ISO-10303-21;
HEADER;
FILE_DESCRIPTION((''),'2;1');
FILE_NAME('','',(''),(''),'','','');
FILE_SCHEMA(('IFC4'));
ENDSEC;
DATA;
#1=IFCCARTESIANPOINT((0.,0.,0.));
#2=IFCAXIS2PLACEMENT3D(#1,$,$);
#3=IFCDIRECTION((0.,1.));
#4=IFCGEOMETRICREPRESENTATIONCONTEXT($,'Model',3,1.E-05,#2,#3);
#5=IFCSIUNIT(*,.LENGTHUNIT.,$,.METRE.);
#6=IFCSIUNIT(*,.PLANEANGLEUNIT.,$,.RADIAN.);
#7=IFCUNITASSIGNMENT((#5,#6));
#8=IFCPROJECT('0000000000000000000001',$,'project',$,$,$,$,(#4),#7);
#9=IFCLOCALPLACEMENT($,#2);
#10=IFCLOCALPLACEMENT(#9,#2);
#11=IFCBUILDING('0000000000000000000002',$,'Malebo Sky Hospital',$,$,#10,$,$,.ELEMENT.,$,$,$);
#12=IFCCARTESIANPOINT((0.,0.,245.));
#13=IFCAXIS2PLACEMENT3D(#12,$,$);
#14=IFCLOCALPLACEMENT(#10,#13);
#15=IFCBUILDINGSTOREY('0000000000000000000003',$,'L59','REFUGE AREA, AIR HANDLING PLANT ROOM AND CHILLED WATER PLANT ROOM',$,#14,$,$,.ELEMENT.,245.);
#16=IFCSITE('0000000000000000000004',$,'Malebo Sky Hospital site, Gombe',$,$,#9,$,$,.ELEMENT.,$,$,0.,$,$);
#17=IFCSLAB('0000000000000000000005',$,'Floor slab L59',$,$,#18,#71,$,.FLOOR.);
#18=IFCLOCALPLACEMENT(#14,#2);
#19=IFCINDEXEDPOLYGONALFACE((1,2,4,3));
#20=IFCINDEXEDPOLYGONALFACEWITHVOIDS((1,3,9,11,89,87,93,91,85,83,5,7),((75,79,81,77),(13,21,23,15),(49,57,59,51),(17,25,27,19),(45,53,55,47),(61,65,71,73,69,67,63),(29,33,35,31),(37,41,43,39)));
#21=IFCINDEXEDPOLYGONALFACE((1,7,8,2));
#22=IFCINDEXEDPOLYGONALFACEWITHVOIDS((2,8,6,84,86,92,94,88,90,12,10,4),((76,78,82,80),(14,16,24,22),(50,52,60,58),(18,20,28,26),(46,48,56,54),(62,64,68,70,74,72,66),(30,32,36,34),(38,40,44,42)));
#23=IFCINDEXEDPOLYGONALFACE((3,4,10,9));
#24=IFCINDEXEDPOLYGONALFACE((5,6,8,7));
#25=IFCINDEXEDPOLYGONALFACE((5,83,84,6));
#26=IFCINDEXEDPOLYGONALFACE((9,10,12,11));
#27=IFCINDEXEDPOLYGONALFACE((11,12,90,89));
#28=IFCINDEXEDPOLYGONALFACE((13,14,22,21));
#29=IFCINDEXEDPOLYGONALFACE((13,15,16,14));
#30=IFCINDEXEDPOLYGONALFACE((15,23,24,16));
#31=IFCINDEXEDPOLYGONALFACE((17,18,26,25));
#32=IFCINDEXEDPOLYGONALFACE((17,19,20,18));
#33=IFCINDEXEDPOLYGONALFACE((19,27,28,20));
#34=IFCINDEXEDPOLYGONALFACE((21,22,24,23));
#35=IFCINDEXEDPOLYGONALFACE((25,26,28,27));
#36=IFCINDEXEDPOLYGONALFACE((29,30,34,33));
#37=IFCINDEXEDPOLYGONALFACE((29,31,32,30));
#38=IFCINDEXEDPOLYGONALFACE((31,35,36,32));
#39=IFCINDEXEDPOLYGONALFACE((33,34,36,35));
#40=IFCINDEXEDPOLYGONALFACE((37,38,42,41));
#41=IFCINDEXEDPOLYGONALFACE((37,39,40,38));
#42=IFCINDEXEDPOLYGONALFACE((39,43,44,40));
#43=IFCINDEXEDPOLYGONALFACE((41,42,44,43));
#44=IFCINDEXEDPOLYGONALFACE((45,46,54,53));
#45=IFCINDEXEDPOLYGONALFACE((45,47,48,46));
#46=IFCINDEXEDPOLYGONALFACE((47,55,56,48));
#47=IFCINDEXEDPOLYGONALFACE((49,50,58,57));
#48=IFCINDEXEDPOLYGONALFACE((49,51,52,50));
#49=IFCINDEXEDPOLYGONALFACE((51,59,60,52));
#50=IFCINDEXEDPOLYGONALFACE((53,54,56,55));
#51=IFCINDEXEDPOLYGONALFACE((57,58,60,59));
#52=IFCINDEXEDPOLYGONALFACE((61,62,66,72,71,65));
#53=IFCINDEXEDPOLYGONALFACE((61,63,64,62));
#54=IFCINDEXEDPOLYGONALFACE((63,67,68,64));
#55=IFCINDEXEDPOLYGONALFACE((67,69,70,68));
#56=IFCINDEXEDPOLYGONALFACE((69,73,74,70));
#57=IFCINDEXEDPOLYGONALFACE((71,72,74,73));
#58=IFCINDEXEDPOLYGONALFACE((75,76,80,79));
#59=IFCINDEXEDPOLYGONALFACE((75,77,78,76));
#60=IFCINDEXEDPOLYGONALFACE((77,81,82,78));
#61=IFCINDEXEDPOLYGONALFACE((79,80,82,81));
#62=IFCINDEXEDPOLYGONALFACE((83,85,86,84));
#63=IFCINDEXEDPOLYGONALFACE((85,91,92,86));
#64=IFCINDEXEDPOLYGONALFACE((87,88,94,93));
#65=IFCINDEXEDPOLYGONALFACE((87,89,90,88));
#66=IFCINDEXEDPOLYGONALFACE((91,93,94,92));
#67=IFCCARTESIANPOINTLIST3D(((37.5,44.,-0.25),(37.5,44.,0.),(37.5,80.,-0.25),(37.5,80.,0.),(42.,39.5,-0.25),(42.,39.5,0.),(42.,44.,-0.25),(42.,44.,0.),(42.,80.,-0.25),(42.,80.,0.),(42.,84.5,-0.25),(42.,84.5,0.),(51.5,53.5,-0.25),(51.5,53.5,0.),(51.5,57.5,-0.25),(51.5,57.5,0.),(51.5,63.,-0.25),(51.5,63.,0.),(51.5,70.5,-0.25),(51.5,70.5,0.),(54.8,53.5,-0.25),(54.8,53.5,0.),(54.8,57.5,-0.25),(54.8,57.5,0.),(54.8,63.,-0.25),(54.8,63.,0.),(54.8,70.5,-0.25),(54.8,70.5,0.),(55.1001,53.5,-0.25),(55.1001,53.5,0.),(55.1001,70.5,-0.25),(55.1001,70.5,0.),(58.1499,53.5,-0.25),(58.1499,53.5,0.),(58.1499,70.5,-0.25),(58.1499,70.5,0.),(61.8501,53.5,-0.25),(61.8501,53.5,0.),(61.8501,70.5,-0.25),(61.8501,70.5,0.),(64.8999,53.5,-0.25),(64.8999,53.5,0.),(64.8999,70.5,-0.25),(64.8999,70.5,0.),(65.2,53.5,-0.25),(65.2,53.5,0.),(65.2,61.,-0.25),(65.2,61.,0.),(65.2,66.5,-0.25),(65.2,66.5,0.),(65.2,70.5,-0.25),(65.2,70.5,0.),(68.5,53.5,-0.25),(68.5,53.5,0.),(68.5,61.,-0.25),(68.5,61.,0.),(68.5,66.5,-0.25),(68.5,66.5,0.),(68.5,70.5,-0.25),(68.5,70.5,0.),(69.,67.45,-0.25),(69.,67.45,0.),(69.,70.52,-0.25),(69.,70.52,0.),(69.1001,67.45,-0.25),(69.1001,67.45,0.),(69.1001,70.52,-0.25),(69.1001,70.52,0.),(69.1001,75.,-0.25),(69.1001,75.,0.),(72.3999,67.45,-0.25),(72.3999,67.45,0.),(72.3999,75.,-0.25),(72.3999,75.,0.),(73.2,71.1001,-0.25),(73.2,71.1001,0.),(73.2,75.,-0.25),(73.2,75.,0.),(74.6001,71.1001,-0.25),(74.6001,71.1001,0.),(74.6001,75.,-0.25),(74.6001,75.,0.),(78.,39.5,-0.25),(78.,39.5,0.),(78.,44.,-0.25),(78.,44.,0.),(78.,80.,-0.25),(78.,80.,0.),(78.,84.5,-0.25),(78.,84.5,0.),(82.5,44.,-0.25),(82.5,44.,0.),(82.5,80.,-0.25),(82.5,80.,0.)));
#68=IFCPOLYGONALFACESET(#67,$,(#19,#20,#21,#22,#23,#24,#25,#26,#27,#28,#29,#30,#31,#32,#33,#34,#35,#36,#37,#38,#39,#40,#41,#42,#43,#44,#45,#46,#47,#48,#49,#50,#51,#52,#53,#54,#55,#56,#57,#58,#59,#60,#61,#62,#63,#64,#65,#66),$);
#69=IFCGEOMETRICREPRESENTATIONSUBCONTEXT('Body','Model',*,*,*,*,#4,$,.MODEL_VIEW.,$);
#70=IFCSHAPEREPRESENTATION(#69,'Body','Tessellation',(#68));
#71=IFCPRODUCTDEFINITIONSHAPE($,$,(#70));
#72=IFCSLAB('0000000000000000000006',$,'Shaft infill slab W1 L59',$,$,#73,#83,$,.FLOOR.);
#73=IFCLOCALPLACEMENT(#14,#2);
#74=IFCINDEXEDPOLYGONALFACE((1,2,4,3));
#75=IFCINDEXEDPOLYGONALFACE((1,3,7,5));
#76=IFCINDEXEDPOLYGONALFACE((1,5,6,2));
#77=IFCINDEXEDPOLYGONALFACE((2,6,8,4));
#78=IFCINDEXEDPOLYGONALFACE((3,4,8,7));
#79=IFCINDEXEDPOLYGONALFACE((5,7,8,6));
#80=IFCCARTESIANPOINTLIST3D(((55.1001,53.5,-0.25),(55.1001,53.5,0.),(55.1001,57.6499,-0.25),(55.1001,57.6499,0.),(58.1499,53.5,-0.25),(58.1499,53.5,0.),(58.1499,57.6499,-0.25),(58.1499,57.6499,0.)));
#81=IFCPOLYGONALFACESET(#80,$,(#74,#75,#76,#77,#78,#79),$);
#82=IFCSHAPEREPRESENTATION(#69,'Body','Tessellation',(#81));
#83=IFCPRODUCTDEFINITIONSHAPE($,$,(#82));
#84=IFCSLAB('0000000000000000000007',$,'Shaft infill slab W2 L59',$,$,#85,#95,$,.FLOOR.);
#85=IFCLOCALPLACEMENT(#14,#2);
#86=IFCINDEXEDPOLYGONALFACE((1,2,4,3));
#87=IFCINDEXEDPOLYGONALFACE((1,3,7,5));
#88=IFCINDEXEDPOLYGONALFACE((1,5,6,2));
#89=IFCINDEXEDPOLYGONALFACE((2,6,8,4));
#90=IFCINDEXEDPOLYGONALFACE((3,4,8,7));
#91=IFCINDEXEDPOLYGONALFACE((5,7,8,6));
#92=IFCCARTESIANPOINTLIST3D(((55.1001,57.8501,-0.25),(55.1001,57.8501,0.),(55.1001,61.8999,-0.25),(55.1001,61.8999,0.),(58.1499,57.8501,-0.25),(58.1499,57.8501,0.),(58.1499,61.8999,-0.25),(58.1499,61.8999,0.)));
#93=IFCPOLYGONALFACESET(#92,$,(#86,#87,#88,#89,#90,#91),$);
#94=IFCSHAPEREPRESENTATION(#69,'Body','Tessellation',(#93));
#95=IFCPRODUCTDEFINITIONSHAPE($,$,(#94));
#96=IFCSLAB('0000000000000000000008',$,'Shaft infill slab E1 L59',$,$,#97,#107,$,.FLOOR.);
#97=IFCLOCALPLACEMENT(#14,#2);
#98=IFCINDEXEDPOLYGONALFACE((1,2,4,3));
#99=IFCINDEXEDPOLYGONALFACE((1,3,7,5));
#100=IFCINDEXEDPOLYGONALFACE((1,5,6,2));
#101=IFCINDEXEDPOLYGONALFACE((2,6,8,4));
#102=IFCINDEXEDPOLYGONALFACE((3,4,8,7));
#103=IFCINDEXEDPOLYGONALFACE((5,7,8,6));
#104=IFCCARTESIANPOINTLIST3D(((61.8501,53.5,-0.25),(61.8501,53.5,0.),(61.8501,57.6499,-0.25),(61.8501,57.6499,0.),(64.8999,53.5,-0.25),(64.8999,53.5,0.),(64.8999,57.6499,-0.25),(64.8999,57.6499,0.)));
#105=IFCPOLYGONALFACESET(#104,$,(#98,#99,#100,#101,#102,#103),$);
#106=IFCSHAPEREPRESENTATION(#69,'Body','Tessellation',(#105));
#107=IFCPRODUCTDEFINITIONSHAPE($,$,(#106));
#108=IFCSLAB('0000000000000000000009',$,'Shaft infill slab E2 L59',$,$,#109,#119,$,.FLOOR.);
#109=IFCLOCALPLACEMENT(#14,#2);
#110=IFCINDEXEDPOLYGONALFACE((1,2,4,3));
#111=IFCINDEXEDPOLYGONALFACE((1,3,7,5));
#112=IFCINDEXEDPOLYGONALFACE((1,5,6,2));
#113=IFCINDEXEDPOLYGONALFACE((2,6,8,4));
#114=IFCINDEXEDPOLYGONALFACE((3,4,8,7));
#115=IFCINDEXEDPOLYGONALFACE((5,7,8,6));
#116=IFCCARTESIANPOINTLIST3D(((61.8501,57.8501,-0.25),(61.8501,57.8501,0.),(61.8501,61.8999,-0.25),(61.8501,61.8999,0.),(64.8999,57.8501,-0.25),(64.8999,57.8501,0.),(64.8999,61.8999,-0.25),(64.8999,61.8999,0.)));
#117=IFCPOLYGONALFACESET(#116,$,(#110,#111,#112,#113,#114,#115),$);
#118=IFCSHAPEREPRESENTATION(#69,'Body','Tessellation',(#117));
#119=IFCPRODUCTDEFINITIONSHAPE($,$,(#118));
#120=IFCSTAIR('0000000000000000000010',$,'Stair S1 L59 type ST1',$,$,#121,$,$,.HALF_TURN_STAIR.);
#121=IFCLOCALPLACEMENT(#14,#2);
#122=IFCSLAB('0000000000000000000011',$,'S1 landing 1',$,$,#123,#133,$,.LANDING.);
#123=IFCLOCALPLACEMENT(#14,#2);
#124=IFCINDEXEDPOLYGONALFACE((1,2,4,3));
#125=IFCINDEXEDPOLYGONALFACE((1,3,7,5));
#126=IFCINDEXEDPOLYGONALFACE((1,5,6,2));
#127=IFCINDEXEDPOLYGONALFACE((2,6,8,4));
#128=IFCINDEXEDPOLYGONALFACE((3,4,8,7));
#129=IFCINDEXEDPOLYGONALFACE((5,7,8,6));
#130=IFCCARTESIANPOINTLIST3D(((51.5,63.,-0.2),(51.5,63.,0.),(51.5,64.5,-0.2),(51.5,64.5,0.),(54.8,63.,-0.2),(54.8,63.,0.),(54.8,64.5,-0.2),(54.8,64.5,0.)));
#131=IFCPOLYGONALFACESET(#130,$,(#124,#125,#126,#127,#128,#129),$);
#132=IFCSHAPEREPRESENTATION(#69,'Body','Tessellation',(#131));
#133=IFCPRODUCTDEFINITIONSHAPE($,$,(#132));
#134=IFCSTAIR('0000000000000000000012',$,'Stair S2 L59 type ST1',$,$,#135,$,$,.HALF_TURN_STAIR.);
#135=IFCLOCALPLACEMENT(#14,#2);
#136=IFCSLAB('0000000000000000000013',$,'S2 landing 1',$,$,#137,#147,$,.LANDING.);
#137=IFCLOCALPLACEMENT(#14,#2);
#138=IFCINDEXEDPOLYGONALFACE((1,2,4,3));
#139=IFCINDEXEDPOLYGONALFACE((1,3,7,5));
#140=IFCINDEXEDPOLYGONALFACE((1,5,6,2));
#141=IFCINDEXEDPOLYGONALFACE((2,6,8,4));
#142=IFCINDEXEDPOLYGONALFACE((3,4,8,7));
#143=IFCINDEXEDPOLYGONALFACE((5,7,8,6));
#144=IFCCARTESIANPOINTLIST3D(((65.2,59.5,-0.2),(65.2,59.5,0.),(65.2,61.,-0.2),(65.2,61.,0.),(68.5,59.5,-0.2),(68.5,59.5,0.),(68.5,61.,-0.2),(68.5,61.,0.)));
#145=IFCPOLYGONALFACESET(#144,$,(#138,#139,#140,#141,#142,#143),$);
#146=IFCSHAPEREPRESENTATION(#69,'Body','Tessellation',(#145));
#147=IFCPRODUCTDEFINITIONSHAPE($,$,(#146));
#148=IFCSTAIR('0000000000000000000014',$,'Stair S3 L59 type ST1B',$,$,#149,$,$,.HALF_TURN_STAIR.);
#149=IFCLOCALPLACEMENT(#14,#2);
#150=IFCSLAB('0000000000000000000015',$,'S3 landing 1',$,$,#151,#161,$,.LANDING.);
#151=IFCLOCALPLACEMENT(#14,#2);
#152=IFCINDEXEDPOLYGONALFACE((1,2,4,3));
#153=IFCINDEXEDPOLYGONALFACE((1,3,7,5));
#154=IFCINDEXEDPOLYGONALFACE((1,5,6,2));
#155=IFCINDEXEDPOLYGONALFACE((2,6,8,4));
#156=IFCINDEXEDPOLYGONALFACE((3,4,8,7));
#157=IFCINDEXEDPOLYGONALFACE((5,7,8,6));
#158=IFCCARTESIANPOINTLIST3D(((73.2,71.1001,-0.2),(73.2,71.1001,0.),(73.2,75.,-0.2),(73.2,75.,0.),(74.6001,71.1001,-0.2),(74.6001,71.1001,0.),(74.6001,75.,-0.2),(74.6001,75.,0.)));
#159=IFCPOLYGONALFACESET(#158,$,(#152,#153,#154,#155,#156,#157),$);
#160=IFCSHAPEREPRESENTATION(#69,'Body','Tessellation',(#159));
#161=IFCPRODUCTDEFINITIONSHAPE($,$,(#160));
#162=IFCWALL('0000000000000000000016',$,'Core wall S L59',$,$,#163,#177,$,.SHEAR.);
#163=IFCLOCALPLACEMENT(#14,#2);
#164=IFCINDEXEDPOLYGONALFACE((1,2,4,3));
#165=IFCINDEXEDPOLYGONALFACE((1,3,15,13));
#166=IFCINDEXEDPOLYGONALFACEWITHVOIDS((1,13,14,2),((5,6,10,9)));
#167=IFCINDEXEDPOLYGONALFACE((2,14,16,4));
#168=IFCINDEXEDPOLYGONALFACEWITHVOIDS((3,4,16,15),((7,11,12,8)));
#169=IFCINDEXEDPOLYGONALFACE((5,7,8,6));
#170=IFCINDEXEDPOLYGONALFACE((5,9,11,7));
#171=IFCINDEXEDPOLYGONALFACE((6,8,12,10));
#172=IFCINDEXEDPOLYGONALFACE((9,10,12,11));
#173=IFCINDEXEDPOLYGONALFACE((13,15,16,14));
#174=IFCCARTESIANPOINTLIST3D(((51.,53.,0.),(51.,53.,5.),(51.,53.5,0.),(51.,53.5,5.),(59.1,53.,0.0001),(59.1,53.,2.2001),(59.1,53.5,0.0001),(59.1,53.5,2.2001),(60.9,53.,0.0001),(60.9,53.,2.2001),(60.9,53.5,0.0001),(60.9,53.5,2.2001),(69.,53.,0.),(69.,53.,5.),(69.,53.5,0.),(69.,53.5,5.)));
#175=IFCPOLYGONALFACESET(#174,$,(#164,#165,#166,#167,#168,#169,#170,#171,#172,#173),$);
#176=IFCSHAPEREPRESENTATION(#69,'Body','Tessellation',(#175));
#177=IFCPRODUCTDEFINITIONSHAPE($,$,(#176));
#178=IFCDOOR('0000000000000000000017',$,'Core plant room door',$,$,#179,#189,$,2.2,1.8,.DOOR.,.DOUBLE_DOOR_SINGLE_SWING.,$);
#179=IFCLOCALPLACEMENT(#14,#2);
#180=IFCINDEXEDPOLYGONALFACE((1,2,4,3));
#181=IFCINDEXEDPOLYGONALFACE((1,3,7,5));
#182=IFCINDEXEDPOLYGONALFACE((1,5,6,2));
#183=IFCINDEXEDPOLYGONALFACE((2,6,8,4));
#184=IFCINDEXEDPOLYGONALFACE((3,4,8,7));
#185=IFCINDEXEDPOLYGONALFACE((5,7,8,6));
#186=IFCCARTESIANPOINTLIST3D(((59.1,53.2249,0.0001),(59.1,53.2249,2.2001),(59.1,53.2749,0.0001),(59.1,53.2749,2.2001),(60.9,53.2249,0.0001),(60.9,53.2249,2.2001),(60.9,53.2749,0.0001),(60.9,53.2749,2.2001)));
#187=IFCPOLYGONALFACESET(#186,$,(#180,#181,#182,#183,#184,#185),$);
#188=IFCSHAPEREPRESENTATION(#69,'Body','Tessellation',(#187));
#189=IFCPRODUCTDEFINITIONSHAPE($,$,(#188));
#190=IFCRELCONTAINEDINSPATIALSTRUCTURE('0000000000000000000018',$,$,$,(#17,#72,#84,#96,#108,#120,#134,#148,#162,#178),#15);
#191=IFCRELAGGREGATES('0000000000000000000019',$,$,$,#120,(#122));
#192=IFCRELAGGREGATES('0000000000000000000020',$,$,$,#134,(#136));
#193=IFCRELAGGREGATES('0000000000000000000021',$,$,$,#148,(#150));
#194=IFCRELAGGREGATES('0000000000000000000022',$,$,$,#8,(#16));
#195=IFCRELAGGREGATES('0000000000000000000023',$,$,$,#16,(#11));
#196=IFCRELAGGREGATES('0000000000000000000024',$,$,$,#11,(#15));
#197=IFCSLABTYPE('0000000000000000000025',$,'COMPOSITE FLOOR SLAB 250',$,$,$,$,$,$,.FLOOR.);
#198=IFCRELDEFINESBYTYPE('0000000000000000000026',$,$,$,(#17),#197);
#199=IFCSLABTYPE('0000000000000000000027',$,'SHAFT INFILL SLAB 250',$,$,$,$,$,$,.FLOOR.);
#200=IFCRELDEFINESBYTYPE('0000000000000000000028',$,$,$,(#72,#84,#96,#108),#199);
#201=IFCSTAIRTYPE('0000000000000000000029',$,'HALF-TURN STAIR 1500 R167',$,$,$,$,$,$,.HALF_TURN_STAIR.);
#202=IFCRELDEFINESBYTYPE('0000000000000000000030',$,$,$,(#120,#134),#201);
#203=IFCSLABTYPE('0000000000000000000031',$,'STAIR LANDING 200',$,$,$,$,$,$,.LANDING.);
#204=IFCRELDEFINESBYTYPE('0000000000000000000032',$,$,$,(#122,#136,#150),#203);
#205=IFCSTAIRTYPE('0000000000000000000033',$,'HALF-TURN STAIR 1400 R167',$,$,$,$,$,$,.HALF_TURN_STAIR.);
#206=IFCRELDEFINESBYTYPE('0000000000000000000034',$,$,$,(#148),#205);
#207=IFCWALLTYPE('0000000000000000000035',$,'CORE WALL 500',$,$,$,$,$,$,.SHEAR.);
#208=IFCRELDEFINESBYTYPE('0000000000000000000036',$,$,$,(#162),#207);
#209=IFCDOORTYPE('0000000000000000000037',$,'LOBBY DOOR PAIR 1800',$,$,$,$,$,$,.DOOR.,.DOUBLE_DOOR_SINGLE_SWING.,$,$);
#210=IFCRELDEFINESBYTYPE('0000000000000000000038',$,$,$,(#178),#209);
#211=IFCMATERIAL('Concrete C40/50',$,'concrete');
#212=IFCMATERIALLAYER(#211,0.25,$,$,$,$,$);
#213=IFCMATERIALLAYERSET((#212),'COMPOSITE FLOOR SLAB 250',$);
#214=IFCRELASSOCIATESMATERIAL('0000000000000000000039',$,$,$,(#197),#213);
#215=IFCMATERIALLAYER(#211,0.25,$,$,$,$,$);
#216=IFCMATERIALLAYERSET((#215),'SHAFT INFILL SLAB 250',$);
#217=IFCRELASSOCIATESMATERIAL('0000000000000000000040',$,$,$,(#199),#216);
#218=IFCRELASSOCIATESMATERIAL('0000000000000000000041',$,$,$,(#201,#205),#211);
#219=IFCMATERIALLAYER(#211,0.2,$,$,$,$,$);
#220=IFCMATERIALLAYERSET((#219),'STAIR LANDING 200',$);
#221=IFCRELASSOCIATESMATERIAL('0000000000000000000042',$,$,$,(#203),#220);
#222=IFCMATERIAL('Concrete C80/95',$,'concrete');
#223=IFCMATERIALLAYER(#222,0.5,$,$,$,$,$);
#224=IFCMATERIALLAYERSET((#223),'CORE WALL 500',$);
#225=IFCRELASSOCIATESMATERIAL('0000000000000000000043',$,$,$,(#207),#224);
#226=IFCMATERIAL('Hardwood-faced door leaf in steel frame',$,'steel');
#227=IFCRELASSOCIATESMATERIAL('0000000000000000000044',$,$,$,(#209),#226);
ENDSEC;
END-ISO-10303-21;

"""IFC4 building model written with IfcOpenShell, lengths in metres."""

from ifc_helpers import new_model, si_unit, direction, frame, frame_2d, origin, place, context, subcontext, project, spatial, polyline, rectangle, outline, extrude, material, layer, layer_set, type_object, element, fill, aggregate, save


model = new_model("IFC4")

# Units and contexts
model_context = context("Model", 3, precision=1e-05, world=origin(), true_north=direction((0.0, 1.0)))
body_context = subcontext(model_context, "Body", "Model", "MODEL_VIEW")
ifc_project = project(units=[si_unit("LENGTHUNIT", "METRE"), si_unit("PLANEANGLEUNIT", "RADIAN")], contexts=[model_context])

# Site, building, storey
site_placement = place(None, origin())
site = spatial("IfcSite", under=ifc_project, at=site_placement, Name="Malebo Sky Hospital site, Gombe", CompositionType="ELEMENT", RefElevation=0.0)
building_placement = place(site_placement, origin())
building = spatial("IfcBuilding", under=site, at=building_placement, Name="Malebo Sky Hospital", CompositionType="ELEMENT")
storey_placement = place(building_placement, frame((0.0, 0.0, 245.0)))
storey = spatial("IfcBuildingStorey", under=building, at=storey_placement, Name="L59", Description="REFUGE AREA, AIR HANDLING PLANT ROOM AND CHILLED WATER PLANT ROOM", CompositionType="ELEMENT", Elevation=245.0)

# Slabs
ifc_material_1 = material(Name="Concrete C40/50", Category="concrete")
ifc_layer_1 = layer(ifc_material_1, 0.25)
ifc_layer_set_1 = layer_set([ifc_layer_1], Name="COMPOSITE FLOOR SLAB 250")
slab_type_1 = type_object("IfcSlabType", Name="COMPOSITE FLOOR SLAB 250", PredefinedType="FLOOR", material=ifc_layer_set_1)
slab_1_placement = place(storey_placement, frame((0.0, 0.0, -0.25)))
element("IfcSlab", 1, at=slab_1_placement, inside=storey, type_object=slab_type_1, Name="Floor slab L59", PredefinedType="FLOOR", context=body_context, shape_type="SweptSolid", body=[
    extrude(outline(polyline([(78.0, 84.5), (42.0, 84.5), (42.0, 80.0), (37.5, 80.0), (37.5, 44.0), (42.0, 44.0), (42.0, 39.5), (78.0, 39.5), (78.0, 44.0), (82.5, 44.0), (82.5, 80.0), (78.0, 80.0), (78.0, 84.5)]), holes=[polyline([(55.1001, 53.5), (55.1001, 70.5), (58.1499, 70.5), (58.1499, 53.5), (55.1001, 53.5)]), polyline([(61.8501, 70.5), (64.8999, 70.5), (64.8999, 53.5), (61.8501, 53.5), (61.8501, 70.5)]), polyline([(54.8, 70.5), (54.8, 63.0), (51.5, 63.0), (51.5, 70.5), (54.8, 70.5)]), polyline([(54.8, 53.5), (51.5, 53.5), (51.5, 57.5), (54.8, 57.5), (54.8, 53.5)]), polyline([(65.2, 53.5), (65.2, 61.0), (68.5, 61.0), (68.5, 53.5), (65.2, 53.5)]), polyline([(65.2, 70.5), (68.5, 70.5), (68.5, 66.5), (65.2, 66.5), (65.2, 70.5)]), polyline([(69.1001, 67.45), (69.0, 67.45), (69.0, 70.52), (69.1001, 70.52), (69.1001, 75.0), (72.3999, 75.0), (72.3999, 67.45), (69.1001, 67.45)]), polyline([(74.6001, 71.1001), (73.2, 71.1001), (73.2, 75.0), (74.6001, 75.0), (74.6001, 71.1001)])]), origin(), (0.0, 0.0, 1.0), 0.25),
])
ifc_layer_2 = layer(ifc_material_1, 0.25)
ifc_layer_set_2 = layer_set([ifc_layer_2], Name="SHAFT INFILL SLAB 250")
slab_type_2 = type_object("IfcSlabType", Name="SHAFT INFILL SLAB 250", PredefinedType="FLOOR", material=ifc_layer_set_2)
slab_2_placement = place(storey_placement, frame((0.0, 0.0, -0.25)))
element("IfcSlab", 2, at=slab_2_placement, inside=storey, type_object=slab_type_2, Name="Shaft infill slab W1 L59", PredefinedType="FLOOR", context=body_context, shape_type="SweptSolid", body=[
    extrude(outline(polyline([(55.1001, 53.5), (58.1499, 53.5), (58.1499, 57.6499), (55.1001, 57.6499), (55.1001, 53.5)])), origin(), (0.0, 0.0, 1.0), 0.25),
])
slab_3_placement = place(storey_placement, frame((0.0, 0.0, -0.25)))
element("IfcSlab", 3, at=slab_3_placement, inside=storey, type_object=slab_type_2, Name="Shaft infill slab W2 L59", PredefinedType="FLOOR", context=body_context, shape_type="SweptSolid", body=[
    extrude(outline(polyline([(55.1001, 57.8501), (58.1499, 57.8501), (58.1499, 61.8999), (55.1001, 61.8999), (55.1001, 57.8501)])), origin(), (0.0, 0.0, 1.0), 0.25),
])
slab_4_placement = place(storey_placement, frame((0.0, 0.0, -0.25)))
element("IfcSlab", 4, at=slab_4_placement, inside=storey, type_object=slab_type_2, Name="Shaft infill slab E1 L59", PredefinedType="FLOOR", context=body_context, shape_type="SweptSolid", body=[
    extrude(outline(polyline([(61.8501, 53.5), (64.8999, 53.5), (64.8999, 57.6499), (61.8501, 57.6499), (61.8501, 53.5)])), origin(), (0.0, 0.0, 1.0), 0.25),
])
slab_5_placement = place(storey_placement, frame((0.0, 0.0, -0.25)))
element("IfcSlab", 5, at=slab_5_placement, inside=storey, type_object=slab_type_2, Name="Shaft infill slab E2 L59", PredefinedType="FLOOR", context=body_context, shape_type="SweptSolid", body=[
    extrude(outline(polyline([(61.8501, 57.8501), (64.8999, 57.8501), (64.8999, 61.8999), (61.8501, 61.8999), (61.8501, 57.8501)])), origin(), (0.0, 0.0, 1.0), 0.25),
])

# Stairs, slabs
stair_type_1 = type_object("IfcStairType", Name="HALF-TURN STAIR 1500 R167", PredefinedType="HALF_TURN_STAIR", material=ifc_material_1)
stair_1_placement = place(storey_placement, origin())
stair_1 = element("IfcStair", 6, at=stair_1_placement, inside=storey, type_object=stair_type_1, Name="Stair S1 L59 type ST1", PredefinedType="HALF_TURN_STAIR")
ifc_layer_3 = layer(ifc_material_1, 0.2)
ifc_layer_set_3 = layer_set([ifc_layer_3], Name="STAIR LANDING 200")
slab_type_3 = type_object("IfcSlabType", Name="STAIR LANDING 200", PredefinedType="LANDING", material=ifc_layer_set_3)
slab_6_placement = place(storey_placement, frame((0.0, 0.0, -0.2)))
slab_6 = element("IfcSlab", 7, at=slab_6_placement, type_object=slab_type_3, Name="S1 landing 1", PredefinedType="LANDING", context=body_context, shape_type="SweptSolid", body=[
    extrude(outline(polyline([(51.5, 63.0), (54.8, 63.0), (54.8, 64.5), (51.5, 64.5), (51.5, 63.0)])), origin(), (0.0, 0.0, 1.0), 0.2),
])
aggregate(stair_1, [slab_6])
stair_2_placement = place(storey_placement, origin())
stair_2 = element("IfcStair", 8, at=stair_2_placement, inside=storey, type_object=stair_type_1, Name="Stair S2 L59 type ST1", PredefinedType="HALF_TURN_STAIR")
slab_7_placement = place(storey_placement, frame((0.0, 0.0, -0.2)))
slab_7 = element("IfcSlab", 9, at=slab_7_placement, type_object=slab_type_3, Name="S2 landing 1", PredefinedType="LANDING", context=body_context, shape_type="SweptSolid", body=[
    extrude(outline(polyline([(65.2, 59.5), (68.5, 59.5), (68.5, 61.0), (65.2, 61.0), (65.2, 59.5)])), origin(), (0.0, 0.0, 1.0), 0.2),
])
aggregate(stair_2, [slab_7])
stair_type_2 = type_object("IfcStairType", Name="HALF-TURN STAIR 1400 R167", PredefinedType="HALF_TURN_STAIR", material=ifc_material_1)
stair_3_placement = place(storey_placement, origin())
stair_3 = element("IfcStair", 10, at=stair_3_placement, inside=storey, type_object=stair_type_2, Name="Stair S3 L59 type ST1B", PredefinedType="HALF_TURN_STAIR")
slab_8_placement = place(storey_placement, frame((0.0, 0.0, -0.2)))
slab_8 = element("IfcSlab", 11, at=slab_8_placement, type_object=slab_type_3, Name="S3 landing 1", PredefinedType="LANDING", context=body_context, shape_type="SweptSolid", body=[
    extrude(outline(polyline([(73.2, 71.1001), (73.2, 75.0), (74.6001, 75.0), (74.6001, 71.1001), (73.2, 71.1001)])), origin(), (0.0, 0.0, 1.0), 0.2),
])
aggregate(stair_3, [slab_8])

# Wall, opening, door
ifc_material_2 = material(Name="Concrete C80/95", Category="concrete")
ifc_layer_4 = layer(ifc_material_2, 0.5)
ifc_layer_set_4 = layer_set([ifc_layer_4], Name="CORE WALL 500")
wall_type = type_object("IfcWallType", Name="CORE WALL 500", PredefinedType="SHEAR", material=ifc_layer_set_4)
wall_placement = place(storey_placement, frame((51.0, 53.25, 0.0), z_axis=(0.0, 0.0, 1.0), x_axis=(1.0, 0.0, 0.0)))
wall = element("IfcWall", 12, at=wall_placement, inside=storey, type_object=wall_type, Name="Core wall S L59", PredefinedType="SHEAR", context=body_context, shape_type="SweptSolid", body=[
    extrude(rectangle(XDim=18.0, YDim=0.5, at=frame_2d((9.0, 0.0))), origin(), (0.0, 0.0, 1.0), 5.0),
])
opening_placement = place(wall_placement, frame((8.1001, 0.0, 0.0)))
opening = element("IfcOpeningElement", 13, at=opening_placement, cuts=wall, PredefinedType="OPENING", context=body_context, shape_type="SweptSolid", body=[
    extrude(rectangle(XDim=1.8, YDim=2.2, at=frame_2d((0.8999, 1.1001))), frame((0.0, 0.26, 0.0), z_axis=(0.0, -1.0, 0.0), x_axis=(1.0, 0.0, 0.0)), (0.0, 0.0, 1.0), 0.52),
])
ifc_material_3 = material(Name="Hardwood-faced door leaf in steel frame", Category="steel")
door_type = type_object("IfcDoorType", Name="LOBBY DOOR PAIR 1800", OperationType="DOUBLE_DOOR_SINGLE_SWING", PredefinedType="DOOR", material=ifc_material_3)
door_placement = place(opening_placement, origin())
door = element("IfcDoor", 14, at=door_placement, inside=storey, type_object=door_type, Name="Core plant room door", OperationType="DOUBLE_DOOR_SINGLE_SWING", OverallHeight=2.2, OverallWidth=1.8, PredefinedType="DOOR", context=body_context, shape_type="SweptSolid", body=[
    extrude(rectangle(XDim=1.8, YDim=2.2, at=frame_2d((0.8999, 1.1001))), frame((0.0, 0.0249, 0.0), z_axis=(0.0, -1.0, 0.0), x_axis=(1.0, 0.0, 0.0)), (0.0, 0.0, 1.0), 0.05),
])
fill(opening, door)

save(model, "model.ifc")
